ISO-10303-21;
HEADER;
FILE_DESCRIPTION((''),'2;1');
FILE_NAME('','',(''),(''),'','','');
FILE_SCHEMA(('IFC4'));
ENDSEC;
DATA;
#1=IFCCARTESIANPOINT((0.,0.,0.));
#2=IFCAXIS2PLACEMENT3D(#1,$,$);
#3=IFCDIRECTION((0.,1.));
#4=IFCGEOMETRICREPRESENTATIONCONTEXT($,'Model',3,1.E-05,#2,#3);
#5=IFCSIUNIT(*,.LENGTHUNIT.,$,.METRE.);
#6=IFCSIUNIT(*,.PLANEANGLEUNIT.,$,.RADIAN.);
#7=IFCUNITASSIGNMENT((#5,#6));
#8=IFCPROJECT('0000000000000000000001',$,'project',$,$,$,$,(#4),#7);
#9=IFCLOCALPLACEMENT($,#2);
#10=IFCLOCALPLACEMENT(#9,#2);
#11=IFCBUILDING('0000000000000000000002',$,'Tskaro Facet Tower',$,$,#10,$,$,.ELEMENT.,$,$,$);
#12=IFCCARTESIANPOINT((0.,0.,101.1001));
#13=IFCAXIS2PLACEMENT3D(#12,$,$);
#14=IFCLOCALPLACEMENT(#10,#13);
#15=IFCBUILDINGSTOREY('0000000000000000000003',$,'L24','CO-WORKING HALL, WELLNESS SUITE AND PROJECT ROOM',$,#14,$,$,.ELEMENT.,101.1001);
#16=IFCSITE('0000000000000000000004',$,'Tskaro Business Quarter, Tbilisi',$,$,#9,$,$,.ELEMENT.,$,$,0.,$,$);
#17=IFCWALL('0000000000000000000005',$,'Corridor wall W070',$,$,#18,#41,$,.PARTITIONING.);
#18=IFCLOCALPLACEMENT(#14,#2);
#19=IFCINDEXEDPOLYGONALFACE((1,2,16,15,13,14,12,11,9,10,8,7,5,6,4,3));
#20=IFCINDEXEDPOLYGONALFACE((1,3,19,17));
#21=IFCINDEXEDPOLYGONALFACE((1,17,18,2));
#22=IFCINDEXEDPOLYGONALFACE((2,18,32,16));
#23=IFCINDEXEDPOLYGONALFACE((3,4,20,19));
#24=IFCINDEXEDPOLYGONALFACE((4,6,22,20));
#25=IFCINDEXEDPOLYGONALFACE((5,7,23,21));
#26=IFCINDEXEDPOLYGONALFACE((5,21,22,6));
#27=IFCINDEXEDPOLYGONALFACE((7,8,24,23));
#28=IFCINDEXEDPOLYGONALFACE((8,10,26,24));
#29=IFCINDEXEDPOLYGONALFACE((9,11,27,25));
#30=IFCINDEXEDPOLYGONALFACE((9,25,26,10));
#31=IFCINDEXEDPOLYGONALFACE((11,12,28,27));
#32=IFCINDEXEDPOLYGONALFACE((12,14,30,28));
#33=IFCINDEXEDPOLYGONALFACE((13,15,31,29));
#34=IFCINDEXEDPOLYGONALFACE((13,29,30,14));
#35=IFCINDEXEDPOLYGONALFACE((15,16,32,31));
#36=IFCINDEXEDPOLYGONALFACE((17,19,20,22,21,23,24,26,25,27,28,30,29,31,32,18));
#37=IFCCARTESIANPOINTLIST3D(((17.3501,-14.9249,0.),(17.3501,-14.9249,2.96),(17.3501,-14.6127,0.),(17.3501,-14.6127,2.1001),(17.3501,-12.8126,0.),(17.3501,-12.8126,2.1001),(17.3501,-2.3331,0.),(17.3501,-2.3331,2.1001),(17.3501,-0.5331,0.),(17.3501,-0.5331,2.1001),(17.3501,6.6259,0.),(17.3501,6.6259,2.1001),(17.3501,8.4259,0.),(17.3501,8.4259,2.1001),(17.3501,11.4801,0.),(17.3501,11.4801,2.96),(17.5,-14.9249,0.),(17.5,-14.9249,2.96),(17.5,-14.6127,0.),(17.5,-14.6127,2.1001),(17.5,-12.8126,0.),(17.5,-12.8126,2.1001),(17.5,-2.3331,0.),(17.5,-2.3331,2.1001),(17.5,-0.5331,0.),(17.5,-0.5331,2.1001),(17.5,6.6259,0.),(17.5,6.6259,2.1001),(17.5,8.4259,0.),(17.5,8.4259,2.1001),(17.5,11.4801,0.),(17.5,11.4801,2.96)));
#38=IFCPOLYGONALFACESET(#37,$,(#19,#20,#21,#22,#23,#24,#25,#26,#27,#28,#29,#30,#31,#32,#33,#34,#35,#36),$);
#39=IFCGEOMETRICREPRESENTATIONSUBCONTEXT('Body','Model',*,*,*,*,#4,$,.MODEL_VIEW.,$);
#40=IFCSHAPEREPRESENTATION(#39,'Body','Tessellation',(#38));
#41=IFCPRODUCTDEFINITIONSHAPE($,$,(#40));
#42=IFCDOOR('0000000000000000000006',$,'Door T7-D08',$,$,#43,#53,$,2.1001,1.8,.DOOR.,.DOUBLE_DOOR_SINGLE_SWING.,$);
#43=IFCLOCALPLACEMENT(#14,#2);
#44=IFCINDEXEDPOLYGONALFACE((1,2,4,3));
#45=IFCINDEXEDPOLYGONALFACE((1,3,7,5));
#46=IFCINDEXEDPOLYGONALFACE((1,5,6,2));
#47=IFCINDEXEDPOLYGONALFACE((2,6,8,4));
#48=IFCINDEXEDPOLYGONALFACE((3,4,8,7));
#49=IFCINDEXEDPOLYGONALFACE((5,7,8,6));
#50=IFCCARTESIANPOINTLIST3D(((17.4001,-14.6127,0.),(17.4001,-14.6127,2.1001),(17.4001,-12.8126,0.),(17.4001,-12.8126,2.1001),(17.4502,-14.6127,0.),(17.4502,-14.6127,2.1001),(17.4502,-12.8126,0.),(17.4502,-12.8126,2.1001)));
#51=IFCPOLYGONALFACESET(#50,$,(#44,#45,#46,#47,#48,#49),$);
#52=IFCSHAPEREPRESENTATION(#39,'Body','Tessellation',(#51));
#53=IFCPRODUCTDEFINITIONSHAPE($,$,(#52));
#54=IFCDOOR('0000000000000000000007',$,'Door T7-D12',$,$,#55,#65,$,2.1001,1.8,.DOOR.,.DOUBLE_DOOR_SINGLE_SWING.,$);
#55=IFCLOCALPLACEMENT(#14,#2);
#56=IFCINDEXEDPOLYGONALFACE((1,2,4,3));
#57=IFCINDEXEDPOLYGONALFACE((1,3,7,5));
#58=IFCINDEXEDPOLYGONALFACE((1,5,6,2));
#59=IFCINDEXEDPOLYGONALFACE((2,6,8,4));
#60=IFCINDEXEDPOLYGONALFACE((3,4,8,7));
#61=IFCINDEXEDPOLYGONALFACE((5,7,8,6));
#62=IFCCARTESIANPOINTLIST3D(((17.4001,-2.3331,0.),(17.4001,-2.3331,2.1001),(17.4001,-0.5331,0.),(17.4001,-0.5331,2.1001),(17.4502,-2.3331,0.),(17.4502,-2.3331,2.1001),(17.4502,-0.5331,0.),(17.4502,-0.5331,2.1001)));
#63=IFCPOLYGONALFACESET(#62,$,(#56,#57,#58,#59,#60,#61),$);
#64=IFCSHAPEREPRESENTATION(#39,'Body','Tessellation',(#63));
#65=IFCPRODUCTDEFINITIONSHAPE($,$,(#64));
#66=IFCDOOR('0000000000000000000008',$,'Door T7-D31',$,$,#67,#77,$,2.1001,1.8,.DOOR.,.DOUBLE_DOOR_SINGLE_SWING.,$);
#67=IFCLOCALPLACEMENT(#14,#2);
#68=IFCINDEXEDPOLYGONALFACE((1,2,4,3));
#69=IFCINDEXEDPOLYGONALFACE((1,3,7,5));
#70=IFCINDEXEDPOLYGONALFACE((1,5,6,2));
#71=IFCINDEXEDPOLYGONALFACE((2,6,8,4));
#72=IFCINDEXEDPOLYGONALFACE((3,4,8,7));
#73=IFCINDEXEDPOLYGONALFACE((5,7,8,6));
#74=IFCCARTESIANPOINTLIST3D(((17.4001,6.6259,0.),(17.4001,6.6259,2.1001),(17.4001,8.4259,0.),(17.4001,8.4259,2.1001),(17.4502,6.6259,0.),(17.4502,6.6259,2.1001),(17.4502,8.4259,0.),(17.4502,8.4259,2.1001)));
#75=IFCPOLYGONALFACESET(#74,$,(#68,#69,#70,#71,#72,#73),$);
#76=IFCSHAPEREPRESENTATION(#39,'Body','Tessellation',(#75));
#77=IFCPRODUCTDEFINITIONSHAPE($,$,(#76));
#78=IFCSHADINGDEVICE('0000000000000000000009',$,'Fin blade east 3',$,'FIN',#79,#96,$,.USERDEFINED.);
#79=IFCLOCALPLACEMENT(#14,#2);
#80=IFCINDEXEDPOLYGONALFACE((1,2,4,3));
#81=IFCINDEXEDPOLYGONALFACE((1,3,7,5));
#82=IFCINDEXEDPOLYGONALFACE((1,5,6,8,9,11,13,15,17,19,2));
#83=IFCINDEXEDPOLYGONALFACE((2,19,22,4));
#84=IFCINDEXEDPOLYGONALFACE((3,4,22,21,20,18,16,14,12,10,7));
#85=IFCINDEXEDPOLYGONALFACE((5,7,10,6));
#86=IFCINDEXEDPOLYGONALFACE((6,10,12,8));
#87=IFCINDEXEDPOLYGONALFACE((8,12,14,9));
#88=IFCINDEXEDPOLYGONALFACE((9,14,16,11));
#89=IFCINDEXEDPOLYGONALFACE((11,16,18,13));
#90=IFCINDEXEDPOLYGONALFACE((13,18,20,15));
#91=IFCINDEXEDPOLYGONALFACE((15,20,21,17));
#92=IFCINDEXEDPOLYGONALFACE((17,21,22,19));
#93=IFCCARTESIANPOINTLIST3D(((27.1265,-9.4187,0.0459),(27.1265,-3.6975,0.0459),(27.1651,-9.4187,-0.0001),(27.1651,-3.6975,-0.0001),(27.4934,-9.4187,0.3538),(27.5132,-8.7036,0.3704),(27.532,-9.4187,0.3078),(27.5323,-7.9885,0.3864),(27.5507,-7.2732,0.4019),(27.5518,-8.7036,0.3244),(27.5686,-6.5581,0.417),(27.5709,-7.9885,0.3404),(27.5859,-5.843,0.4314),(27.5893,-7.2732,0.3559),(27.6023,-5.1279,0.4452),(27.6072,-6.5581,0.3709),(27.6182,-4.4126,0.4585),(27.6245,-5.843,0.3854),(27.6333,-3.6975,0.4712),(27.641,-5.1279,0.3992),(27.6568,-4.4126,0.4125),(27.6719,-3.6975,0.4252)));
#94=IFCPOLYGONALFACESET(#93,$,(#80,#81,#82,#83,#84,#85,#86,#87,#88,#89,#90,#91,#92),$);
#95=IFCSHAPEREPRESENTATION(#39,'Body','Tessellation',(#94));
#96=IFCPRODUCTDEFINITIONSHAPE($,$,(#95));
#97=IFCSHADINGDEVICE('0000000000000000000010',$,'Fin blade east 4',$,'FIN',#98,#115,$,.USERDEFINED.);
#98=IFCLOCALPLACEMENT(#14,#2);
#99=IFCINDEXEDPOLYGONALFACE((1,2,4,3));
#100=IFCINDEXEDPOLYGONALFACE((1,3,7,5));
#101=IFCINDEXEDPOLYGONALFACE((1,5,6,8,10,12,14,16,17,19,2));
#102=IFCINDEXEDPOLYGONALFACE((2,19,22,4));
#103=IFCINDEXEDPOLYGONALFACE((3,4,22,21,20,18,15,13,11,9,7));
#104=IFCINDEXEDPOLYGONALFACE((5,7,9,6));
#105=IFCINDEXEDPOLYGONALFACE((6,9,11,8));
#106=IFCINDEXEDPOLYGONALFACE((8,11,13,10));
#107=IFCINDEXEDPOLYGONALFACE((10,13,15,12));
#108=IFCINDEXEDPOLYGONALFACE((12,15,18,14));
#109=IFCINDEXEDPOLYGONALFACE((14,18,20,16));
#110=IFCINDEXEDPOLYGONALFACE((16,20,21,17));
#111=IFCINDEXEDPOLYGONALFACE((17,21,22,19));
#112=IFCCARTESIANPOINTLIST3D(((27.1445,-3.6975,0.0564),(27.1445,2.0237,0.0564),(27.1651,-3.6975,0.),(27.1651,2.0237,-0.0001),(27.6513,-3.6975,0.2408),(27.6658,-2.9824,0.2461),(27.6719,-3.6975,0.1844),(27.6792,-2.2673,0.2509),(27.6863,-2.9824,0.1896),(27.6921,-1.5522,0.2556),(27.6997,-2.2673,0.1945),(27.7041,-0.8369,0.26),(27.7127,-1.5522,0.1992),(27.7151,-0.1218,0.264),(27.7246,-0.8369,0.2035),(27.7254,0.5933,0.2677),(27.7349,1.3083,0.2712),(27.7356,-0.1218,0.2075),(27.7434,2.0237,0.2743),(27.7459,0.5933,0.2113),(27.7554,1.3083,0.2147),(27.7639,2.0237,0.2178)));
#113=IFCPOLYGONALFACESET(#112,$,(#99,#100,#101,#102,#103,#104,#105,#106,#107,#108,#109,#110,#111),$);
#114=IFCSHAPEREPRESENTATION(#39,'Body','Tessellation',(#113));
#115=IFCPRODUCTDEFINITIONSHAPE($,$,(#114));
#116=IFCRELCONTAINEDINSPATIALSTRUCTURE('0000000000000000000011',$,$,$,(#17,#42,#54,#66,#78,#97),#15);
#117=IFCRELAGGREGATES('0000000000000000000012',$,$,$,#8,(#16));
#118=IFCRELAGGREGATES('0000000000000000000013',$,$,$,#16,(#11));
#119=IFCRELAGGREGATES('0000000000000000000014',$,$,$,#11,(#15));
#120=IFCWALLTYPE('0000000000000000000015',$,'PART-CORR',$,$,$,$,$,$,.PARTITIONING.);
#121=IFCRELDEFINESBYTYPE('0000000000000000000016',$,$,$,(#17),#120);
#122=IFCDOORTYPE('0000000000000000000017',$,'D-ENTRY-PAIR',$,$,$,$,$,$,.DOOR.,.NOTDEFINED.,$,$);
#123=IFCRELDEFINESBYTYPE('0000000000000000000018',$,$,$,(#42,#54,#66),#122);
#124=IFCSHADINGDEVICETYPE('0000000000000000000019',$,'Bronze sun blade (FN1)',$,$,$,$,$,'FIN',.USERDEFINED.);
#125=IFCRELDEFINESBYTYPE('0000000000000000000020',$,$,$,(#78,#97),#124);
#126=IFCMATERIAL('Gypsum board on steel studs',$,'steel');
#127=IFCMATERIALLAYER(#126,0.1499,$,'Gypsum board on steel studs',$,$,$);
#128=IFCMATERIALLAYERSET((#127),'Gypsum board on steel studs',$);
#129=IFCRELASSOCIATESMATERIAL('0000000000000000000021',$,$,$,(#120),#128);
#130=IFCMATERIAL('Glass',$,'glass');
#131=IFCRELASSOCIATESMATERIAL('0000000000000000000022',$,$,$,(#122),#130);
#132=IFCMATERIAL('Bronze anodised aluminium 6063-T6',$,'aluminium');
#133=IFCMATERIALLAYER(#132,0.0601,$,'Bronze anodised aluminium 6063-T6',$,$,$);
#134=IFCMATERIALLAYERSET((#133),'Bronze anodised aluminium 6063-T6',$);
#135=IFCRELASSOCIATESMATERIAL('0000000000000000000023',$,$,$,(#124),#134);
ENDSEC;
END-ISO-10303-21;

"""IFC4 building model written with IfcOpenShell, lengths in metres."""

from ifc_helpers import new_model, si_unit, direction, frame, frame_2d, origin, place, context, subcontext, project, spatial, polyline, rectangle, outline, extrude, material, layer, layer_set, type_object, element, fill, save


model = new_model("IFC4")

# Units and contexts
model_context = context("Model", 3, precision=1e-05, world=origin(), true_north=direction((0.0, 1.0)))
body_context = subcontext(model_context, "Body", "Model", "MODEL_VIEW")
ifc_project = project(units=[si_unit("LENGTHUNIT", "METRE"), si_unit("PLANEANGLEUNIT", "RADIAN")], contexts=[model_context])

# Site, building, storey
site_placement = place(None, origin())
site = spatial("IfcSite", under=ifc_project, at=site_placement, Name="Tskaro Business Quarter, Tbilisi", CompositionType="ELEMENT", RefElevation=0.0)
building_placement = place(site_placement, origin())
building = spatial("IfcBuilding", under=site, at=building_placement, Name="Tskaro Facet Tower", CompositionType="ELEMENT")
storey_placement = place(building_placement, frame((0.0, 0.0, 101.1001)))
storey = spatial("IfcBuildingStorey", under=building, at=storey_placement, Name="L24", Description="CO-WORKING HALL, WELLNESS SUITE AND PROJECT ROOM", CompositionType="ELEMENT", Elevation=101.1001)

# Shared definitions
ifc_material_1 = material(Name="Bronze anodised aluminium 6063-T6", Category="aluminium")

# Shared definitions
ifc_material_2 = material(Name="Gypsum board on steel studs", Category="steel")

# Shared definitions
ifc_layer_1 = layer(ifc_material_2, 0.1499, Name="Gypsum board on steel studs")
ifc_layer_set_1 = layer_set([ifc_layer_1], Name="Gypsum board on steel studs")
wall_type_1 = type_object("IfcWallType", Name="PART-CORR", PredefinedType="PARTITIONING", material=ifc_layer_set_1)

# Wall, openings, doors
wall_1_placement = place(storey_placement, frame((17.425, -14.925, 0.0), z_axis=(0.0, 0.0, 1.0), x_axis=(0.0, 1.0, 0.0)))
wall_1 = element("IfcWall", 1, at=wall_1_placement, inside=storey, type_object=wall_type_1, Name="Corridor wall W070", PredefinedType="PARTITIONING", context=body_context, shape_type="SweptSolid", body=[
    extrude(rectangle(XDim=26.405, YDim=0.1499, at=frame_2d((13.2026, 0.0))), origin(), (0.0, 0.0, 1.0), 2.96),
])
opening_1_placement = place(wall_1_placement, frame((0.3125, 0.0, 0.0)))
opening_1 = element("IfcOpeningElement", 2, at=opening_1_placement, cuts=wall_1, PredefinedType="OPENING", context=body_context, shape_type="SweptSolid", body=[
    extrude(rectangle(XDim=1.8, YDim=2.1001, at=frame_2d((0.8999, 1.05))), frame((0.0, 0.085, 0.0), z_axis=(0.0, -1.0, 0.0), x_axis=(1.0, 0.0, 0.0)), (0.0, 0.0, 1.0), 0.1699),
])
opening_2_placement = place(wall_1_placement, frame((12.592, 0.0, 0.0)))
opening_2 = element("IfcOpeningElement", 3, at=opening_2_placement, cuts=wall_1, PredefinedType="OPENING", context=body_context, shape_type="SweptSolid", body=[
    extrude(rectangle(XDim=1.8, YDim=2.1001, at=frame_2d((0.8999, 1.05))), frame((0.0, 0.085, 0.0), z_axis=(0.0, -1.0, 0.0), x_axis=(1.0, 0.0, 0.0)), (0.0, 0.0, 1.0), 0.1699),
])
opening_3_placement = place(wall_1_placement, frame((21.551, 0.0, 0.0)))
opening_3 = element("IfcOpeningElement", 4, at=opening_3_placement, cuts=wall_1, PredefinedType="OPENING", context=body_context, shape_type="SweptSolid", body=[
    extrude(rectangle(XDim=1.8, YDim=2.1001, at=frame_2d((0.8999, 1.05))), frame((0.0, 0.085, 0.0), z_axis=(0.0, -1.0, 0.0), x_axis=(1.0, 0.0, 0.0)), (0.0, 0.0, 1.0), 0.1699),
])
ifc_material_3 = material(Name="Glass", Category="glass")
door_type_1 = type_object("IfcDoorType", Name="D-ENTRY-PAIR", OperationType="NOTDEFINED", PredefinedType="DOOR", material=ifc_material_3)
door_1_placement = place(opening_1_placement, origin())
door_1 = element("IfcDoor", 5, at=door_1_placement, inside=storey, type_object=door_type_1, Name="Door T7-D08", OperationType="DOUBLE_DOOR_SINGLE_SWING", OverallHeight=2.1001, OverallWidth=1.8, PredefinedType="DOOR", context=body_context, shape_type="SweptSolid", body=[
    extrude(rectangle(XDim=1.8, YDim=2.1001, at=frame_2d((0.8999, 1.05))), frame((0.0, 0.0249, 0.0), z_axis=(0.0, -1.0, 0.0), x_axis=(1.0, 0.0, 0.0)), (0.0, 0.0, 1.0), 0.05),
])
fill(opening_1, door_1)
door_2_placement = place(opening_2_placement, origin())
door_2 = element("IfcDoor", 6, at=door_2_placement, inside=storey, type_object=door_type_1, Name="Door T7-D12", OperationType="DOUBLE_DOOR_SINGLE_SWING", OverallHeight=2.1001, OverallWidth=1.8, PredefinedType="DOOR", context=body_context, shape_type="SweptSolid", body=[
    extrude(rectangle(XDim=1.8, YDim=2.1001, at=frame_2d((0.8999, 1.05))), frame((0.0, 0.0249, 0.0), z_axis=(0.0, -1.0, 0.0), x_axis=(1.0, 0.0, 0.0)), (0.0, 0.0, 1.0), 0.05),
])
fill(opening_2, door_2)
door_3_placement = place(opening_3_placement, origin())
door_3 = element("IfcDoor", 7, at=door_3_placement, inside=storey, type_object=door_type_1, Name="Door T7-D31", OperationType="DOUBLE_DOOR_SINGLE_SWING", OverallHeight=2.1001, OverallWidth=1.8, PredefinedType="DOOR", context=body_context, shape_type="SweptSolid", body=[
    extrude(rectangle(XDim=1.8, YDim=2.1001, at=frame_2d((0.8999, 1.05))), frame((0.0, 0.0249, 0.0), z_axis=(0.0, -1.0, 0.0), x_axis=(1.0, 0.0, 0.0)), (0.0, 0.0, 1.0), 0.05),
])
fill(opening_3, door_3)

# Shading devices
ifc_layer_2 = layer(ifc_material_1, 0.0601, Name="Bronze anodised aluminium 6063-T6")
ifc_layer_set_2 = layer_set([ifc_layer_2], Name="Bronze anodised aluminium 6063-T6")
shading_device_type = type_object("IfcShadingDeviceType", Name="Bronze sun blade (FN1)", ElementType="FIN", PredefinedType="USERDEFINED", material=ifc_layer_set_2)
shading_device_1_placement = place(storey_placement, frame((27.1265, -9.4187, 0.0459), z_axis=(-0.64281, -0.000002, 0.766026), x_axis=(-0.000001, 1.0, 0.000002)))
element("IfcShadingDevice", 8, at=shading_device_1_placement, inside=storey, type_object=shading_device_type, Name="Fin blade east 3", ObjectType="FIN", PredefinedType="USERDEFINED", context=body_context, shape_type="SweptSolid", body=[
    extrude(outline(polyline([(0.0, 0.0), (5.7212, 0.0), (5.7212, -0.6616), (5.0061, -0.6419), (4.2908, -0.6212), (3.5757, -0.5998), (2.8606, -0.5772), (2.1455, -0.5538), (1.4302, -0.5297), (0.7151, -0.5048), (0.0, -0.479), (0.0, 0.0)])), origin(), (0.0, 0.0, -1.0), 0.0601),
])
shading_device_2_placement = place(storey_placement, frame((27.1445, -3.6975, 0.0564), z_axis=(-0.341927, 0.000005, 0.939727), x_axis=(0.000002, 1.0, -0.000005)))
element("IfcShadingDevice", 9, at=shading_device_2_placement, inside=storey, type_object=shading_device_type, Name="Fin blade east 4", ObjectType="FIN", PredefinedType="USERDEFINED", context=body_context, shape_type="SweptSolid", body=[
    extrude(outline(polyline([(0.0, 0.0), (5.7212, 0.0), (5.7212, -0.6372), (5.0059, -0.6282), (4.2908, -0.6181), (3.5757, -0.6071), (2.8606, -0.5955), (2.1453, -0.5827), (1.4302, -0.569), (0.7151, -0.5547), (0.0, -0.5393), (0.0, 0.0)])), origin(), (0.0, 0.0, -1.0), 0.0601),
])

save(model, "model.ifc")
